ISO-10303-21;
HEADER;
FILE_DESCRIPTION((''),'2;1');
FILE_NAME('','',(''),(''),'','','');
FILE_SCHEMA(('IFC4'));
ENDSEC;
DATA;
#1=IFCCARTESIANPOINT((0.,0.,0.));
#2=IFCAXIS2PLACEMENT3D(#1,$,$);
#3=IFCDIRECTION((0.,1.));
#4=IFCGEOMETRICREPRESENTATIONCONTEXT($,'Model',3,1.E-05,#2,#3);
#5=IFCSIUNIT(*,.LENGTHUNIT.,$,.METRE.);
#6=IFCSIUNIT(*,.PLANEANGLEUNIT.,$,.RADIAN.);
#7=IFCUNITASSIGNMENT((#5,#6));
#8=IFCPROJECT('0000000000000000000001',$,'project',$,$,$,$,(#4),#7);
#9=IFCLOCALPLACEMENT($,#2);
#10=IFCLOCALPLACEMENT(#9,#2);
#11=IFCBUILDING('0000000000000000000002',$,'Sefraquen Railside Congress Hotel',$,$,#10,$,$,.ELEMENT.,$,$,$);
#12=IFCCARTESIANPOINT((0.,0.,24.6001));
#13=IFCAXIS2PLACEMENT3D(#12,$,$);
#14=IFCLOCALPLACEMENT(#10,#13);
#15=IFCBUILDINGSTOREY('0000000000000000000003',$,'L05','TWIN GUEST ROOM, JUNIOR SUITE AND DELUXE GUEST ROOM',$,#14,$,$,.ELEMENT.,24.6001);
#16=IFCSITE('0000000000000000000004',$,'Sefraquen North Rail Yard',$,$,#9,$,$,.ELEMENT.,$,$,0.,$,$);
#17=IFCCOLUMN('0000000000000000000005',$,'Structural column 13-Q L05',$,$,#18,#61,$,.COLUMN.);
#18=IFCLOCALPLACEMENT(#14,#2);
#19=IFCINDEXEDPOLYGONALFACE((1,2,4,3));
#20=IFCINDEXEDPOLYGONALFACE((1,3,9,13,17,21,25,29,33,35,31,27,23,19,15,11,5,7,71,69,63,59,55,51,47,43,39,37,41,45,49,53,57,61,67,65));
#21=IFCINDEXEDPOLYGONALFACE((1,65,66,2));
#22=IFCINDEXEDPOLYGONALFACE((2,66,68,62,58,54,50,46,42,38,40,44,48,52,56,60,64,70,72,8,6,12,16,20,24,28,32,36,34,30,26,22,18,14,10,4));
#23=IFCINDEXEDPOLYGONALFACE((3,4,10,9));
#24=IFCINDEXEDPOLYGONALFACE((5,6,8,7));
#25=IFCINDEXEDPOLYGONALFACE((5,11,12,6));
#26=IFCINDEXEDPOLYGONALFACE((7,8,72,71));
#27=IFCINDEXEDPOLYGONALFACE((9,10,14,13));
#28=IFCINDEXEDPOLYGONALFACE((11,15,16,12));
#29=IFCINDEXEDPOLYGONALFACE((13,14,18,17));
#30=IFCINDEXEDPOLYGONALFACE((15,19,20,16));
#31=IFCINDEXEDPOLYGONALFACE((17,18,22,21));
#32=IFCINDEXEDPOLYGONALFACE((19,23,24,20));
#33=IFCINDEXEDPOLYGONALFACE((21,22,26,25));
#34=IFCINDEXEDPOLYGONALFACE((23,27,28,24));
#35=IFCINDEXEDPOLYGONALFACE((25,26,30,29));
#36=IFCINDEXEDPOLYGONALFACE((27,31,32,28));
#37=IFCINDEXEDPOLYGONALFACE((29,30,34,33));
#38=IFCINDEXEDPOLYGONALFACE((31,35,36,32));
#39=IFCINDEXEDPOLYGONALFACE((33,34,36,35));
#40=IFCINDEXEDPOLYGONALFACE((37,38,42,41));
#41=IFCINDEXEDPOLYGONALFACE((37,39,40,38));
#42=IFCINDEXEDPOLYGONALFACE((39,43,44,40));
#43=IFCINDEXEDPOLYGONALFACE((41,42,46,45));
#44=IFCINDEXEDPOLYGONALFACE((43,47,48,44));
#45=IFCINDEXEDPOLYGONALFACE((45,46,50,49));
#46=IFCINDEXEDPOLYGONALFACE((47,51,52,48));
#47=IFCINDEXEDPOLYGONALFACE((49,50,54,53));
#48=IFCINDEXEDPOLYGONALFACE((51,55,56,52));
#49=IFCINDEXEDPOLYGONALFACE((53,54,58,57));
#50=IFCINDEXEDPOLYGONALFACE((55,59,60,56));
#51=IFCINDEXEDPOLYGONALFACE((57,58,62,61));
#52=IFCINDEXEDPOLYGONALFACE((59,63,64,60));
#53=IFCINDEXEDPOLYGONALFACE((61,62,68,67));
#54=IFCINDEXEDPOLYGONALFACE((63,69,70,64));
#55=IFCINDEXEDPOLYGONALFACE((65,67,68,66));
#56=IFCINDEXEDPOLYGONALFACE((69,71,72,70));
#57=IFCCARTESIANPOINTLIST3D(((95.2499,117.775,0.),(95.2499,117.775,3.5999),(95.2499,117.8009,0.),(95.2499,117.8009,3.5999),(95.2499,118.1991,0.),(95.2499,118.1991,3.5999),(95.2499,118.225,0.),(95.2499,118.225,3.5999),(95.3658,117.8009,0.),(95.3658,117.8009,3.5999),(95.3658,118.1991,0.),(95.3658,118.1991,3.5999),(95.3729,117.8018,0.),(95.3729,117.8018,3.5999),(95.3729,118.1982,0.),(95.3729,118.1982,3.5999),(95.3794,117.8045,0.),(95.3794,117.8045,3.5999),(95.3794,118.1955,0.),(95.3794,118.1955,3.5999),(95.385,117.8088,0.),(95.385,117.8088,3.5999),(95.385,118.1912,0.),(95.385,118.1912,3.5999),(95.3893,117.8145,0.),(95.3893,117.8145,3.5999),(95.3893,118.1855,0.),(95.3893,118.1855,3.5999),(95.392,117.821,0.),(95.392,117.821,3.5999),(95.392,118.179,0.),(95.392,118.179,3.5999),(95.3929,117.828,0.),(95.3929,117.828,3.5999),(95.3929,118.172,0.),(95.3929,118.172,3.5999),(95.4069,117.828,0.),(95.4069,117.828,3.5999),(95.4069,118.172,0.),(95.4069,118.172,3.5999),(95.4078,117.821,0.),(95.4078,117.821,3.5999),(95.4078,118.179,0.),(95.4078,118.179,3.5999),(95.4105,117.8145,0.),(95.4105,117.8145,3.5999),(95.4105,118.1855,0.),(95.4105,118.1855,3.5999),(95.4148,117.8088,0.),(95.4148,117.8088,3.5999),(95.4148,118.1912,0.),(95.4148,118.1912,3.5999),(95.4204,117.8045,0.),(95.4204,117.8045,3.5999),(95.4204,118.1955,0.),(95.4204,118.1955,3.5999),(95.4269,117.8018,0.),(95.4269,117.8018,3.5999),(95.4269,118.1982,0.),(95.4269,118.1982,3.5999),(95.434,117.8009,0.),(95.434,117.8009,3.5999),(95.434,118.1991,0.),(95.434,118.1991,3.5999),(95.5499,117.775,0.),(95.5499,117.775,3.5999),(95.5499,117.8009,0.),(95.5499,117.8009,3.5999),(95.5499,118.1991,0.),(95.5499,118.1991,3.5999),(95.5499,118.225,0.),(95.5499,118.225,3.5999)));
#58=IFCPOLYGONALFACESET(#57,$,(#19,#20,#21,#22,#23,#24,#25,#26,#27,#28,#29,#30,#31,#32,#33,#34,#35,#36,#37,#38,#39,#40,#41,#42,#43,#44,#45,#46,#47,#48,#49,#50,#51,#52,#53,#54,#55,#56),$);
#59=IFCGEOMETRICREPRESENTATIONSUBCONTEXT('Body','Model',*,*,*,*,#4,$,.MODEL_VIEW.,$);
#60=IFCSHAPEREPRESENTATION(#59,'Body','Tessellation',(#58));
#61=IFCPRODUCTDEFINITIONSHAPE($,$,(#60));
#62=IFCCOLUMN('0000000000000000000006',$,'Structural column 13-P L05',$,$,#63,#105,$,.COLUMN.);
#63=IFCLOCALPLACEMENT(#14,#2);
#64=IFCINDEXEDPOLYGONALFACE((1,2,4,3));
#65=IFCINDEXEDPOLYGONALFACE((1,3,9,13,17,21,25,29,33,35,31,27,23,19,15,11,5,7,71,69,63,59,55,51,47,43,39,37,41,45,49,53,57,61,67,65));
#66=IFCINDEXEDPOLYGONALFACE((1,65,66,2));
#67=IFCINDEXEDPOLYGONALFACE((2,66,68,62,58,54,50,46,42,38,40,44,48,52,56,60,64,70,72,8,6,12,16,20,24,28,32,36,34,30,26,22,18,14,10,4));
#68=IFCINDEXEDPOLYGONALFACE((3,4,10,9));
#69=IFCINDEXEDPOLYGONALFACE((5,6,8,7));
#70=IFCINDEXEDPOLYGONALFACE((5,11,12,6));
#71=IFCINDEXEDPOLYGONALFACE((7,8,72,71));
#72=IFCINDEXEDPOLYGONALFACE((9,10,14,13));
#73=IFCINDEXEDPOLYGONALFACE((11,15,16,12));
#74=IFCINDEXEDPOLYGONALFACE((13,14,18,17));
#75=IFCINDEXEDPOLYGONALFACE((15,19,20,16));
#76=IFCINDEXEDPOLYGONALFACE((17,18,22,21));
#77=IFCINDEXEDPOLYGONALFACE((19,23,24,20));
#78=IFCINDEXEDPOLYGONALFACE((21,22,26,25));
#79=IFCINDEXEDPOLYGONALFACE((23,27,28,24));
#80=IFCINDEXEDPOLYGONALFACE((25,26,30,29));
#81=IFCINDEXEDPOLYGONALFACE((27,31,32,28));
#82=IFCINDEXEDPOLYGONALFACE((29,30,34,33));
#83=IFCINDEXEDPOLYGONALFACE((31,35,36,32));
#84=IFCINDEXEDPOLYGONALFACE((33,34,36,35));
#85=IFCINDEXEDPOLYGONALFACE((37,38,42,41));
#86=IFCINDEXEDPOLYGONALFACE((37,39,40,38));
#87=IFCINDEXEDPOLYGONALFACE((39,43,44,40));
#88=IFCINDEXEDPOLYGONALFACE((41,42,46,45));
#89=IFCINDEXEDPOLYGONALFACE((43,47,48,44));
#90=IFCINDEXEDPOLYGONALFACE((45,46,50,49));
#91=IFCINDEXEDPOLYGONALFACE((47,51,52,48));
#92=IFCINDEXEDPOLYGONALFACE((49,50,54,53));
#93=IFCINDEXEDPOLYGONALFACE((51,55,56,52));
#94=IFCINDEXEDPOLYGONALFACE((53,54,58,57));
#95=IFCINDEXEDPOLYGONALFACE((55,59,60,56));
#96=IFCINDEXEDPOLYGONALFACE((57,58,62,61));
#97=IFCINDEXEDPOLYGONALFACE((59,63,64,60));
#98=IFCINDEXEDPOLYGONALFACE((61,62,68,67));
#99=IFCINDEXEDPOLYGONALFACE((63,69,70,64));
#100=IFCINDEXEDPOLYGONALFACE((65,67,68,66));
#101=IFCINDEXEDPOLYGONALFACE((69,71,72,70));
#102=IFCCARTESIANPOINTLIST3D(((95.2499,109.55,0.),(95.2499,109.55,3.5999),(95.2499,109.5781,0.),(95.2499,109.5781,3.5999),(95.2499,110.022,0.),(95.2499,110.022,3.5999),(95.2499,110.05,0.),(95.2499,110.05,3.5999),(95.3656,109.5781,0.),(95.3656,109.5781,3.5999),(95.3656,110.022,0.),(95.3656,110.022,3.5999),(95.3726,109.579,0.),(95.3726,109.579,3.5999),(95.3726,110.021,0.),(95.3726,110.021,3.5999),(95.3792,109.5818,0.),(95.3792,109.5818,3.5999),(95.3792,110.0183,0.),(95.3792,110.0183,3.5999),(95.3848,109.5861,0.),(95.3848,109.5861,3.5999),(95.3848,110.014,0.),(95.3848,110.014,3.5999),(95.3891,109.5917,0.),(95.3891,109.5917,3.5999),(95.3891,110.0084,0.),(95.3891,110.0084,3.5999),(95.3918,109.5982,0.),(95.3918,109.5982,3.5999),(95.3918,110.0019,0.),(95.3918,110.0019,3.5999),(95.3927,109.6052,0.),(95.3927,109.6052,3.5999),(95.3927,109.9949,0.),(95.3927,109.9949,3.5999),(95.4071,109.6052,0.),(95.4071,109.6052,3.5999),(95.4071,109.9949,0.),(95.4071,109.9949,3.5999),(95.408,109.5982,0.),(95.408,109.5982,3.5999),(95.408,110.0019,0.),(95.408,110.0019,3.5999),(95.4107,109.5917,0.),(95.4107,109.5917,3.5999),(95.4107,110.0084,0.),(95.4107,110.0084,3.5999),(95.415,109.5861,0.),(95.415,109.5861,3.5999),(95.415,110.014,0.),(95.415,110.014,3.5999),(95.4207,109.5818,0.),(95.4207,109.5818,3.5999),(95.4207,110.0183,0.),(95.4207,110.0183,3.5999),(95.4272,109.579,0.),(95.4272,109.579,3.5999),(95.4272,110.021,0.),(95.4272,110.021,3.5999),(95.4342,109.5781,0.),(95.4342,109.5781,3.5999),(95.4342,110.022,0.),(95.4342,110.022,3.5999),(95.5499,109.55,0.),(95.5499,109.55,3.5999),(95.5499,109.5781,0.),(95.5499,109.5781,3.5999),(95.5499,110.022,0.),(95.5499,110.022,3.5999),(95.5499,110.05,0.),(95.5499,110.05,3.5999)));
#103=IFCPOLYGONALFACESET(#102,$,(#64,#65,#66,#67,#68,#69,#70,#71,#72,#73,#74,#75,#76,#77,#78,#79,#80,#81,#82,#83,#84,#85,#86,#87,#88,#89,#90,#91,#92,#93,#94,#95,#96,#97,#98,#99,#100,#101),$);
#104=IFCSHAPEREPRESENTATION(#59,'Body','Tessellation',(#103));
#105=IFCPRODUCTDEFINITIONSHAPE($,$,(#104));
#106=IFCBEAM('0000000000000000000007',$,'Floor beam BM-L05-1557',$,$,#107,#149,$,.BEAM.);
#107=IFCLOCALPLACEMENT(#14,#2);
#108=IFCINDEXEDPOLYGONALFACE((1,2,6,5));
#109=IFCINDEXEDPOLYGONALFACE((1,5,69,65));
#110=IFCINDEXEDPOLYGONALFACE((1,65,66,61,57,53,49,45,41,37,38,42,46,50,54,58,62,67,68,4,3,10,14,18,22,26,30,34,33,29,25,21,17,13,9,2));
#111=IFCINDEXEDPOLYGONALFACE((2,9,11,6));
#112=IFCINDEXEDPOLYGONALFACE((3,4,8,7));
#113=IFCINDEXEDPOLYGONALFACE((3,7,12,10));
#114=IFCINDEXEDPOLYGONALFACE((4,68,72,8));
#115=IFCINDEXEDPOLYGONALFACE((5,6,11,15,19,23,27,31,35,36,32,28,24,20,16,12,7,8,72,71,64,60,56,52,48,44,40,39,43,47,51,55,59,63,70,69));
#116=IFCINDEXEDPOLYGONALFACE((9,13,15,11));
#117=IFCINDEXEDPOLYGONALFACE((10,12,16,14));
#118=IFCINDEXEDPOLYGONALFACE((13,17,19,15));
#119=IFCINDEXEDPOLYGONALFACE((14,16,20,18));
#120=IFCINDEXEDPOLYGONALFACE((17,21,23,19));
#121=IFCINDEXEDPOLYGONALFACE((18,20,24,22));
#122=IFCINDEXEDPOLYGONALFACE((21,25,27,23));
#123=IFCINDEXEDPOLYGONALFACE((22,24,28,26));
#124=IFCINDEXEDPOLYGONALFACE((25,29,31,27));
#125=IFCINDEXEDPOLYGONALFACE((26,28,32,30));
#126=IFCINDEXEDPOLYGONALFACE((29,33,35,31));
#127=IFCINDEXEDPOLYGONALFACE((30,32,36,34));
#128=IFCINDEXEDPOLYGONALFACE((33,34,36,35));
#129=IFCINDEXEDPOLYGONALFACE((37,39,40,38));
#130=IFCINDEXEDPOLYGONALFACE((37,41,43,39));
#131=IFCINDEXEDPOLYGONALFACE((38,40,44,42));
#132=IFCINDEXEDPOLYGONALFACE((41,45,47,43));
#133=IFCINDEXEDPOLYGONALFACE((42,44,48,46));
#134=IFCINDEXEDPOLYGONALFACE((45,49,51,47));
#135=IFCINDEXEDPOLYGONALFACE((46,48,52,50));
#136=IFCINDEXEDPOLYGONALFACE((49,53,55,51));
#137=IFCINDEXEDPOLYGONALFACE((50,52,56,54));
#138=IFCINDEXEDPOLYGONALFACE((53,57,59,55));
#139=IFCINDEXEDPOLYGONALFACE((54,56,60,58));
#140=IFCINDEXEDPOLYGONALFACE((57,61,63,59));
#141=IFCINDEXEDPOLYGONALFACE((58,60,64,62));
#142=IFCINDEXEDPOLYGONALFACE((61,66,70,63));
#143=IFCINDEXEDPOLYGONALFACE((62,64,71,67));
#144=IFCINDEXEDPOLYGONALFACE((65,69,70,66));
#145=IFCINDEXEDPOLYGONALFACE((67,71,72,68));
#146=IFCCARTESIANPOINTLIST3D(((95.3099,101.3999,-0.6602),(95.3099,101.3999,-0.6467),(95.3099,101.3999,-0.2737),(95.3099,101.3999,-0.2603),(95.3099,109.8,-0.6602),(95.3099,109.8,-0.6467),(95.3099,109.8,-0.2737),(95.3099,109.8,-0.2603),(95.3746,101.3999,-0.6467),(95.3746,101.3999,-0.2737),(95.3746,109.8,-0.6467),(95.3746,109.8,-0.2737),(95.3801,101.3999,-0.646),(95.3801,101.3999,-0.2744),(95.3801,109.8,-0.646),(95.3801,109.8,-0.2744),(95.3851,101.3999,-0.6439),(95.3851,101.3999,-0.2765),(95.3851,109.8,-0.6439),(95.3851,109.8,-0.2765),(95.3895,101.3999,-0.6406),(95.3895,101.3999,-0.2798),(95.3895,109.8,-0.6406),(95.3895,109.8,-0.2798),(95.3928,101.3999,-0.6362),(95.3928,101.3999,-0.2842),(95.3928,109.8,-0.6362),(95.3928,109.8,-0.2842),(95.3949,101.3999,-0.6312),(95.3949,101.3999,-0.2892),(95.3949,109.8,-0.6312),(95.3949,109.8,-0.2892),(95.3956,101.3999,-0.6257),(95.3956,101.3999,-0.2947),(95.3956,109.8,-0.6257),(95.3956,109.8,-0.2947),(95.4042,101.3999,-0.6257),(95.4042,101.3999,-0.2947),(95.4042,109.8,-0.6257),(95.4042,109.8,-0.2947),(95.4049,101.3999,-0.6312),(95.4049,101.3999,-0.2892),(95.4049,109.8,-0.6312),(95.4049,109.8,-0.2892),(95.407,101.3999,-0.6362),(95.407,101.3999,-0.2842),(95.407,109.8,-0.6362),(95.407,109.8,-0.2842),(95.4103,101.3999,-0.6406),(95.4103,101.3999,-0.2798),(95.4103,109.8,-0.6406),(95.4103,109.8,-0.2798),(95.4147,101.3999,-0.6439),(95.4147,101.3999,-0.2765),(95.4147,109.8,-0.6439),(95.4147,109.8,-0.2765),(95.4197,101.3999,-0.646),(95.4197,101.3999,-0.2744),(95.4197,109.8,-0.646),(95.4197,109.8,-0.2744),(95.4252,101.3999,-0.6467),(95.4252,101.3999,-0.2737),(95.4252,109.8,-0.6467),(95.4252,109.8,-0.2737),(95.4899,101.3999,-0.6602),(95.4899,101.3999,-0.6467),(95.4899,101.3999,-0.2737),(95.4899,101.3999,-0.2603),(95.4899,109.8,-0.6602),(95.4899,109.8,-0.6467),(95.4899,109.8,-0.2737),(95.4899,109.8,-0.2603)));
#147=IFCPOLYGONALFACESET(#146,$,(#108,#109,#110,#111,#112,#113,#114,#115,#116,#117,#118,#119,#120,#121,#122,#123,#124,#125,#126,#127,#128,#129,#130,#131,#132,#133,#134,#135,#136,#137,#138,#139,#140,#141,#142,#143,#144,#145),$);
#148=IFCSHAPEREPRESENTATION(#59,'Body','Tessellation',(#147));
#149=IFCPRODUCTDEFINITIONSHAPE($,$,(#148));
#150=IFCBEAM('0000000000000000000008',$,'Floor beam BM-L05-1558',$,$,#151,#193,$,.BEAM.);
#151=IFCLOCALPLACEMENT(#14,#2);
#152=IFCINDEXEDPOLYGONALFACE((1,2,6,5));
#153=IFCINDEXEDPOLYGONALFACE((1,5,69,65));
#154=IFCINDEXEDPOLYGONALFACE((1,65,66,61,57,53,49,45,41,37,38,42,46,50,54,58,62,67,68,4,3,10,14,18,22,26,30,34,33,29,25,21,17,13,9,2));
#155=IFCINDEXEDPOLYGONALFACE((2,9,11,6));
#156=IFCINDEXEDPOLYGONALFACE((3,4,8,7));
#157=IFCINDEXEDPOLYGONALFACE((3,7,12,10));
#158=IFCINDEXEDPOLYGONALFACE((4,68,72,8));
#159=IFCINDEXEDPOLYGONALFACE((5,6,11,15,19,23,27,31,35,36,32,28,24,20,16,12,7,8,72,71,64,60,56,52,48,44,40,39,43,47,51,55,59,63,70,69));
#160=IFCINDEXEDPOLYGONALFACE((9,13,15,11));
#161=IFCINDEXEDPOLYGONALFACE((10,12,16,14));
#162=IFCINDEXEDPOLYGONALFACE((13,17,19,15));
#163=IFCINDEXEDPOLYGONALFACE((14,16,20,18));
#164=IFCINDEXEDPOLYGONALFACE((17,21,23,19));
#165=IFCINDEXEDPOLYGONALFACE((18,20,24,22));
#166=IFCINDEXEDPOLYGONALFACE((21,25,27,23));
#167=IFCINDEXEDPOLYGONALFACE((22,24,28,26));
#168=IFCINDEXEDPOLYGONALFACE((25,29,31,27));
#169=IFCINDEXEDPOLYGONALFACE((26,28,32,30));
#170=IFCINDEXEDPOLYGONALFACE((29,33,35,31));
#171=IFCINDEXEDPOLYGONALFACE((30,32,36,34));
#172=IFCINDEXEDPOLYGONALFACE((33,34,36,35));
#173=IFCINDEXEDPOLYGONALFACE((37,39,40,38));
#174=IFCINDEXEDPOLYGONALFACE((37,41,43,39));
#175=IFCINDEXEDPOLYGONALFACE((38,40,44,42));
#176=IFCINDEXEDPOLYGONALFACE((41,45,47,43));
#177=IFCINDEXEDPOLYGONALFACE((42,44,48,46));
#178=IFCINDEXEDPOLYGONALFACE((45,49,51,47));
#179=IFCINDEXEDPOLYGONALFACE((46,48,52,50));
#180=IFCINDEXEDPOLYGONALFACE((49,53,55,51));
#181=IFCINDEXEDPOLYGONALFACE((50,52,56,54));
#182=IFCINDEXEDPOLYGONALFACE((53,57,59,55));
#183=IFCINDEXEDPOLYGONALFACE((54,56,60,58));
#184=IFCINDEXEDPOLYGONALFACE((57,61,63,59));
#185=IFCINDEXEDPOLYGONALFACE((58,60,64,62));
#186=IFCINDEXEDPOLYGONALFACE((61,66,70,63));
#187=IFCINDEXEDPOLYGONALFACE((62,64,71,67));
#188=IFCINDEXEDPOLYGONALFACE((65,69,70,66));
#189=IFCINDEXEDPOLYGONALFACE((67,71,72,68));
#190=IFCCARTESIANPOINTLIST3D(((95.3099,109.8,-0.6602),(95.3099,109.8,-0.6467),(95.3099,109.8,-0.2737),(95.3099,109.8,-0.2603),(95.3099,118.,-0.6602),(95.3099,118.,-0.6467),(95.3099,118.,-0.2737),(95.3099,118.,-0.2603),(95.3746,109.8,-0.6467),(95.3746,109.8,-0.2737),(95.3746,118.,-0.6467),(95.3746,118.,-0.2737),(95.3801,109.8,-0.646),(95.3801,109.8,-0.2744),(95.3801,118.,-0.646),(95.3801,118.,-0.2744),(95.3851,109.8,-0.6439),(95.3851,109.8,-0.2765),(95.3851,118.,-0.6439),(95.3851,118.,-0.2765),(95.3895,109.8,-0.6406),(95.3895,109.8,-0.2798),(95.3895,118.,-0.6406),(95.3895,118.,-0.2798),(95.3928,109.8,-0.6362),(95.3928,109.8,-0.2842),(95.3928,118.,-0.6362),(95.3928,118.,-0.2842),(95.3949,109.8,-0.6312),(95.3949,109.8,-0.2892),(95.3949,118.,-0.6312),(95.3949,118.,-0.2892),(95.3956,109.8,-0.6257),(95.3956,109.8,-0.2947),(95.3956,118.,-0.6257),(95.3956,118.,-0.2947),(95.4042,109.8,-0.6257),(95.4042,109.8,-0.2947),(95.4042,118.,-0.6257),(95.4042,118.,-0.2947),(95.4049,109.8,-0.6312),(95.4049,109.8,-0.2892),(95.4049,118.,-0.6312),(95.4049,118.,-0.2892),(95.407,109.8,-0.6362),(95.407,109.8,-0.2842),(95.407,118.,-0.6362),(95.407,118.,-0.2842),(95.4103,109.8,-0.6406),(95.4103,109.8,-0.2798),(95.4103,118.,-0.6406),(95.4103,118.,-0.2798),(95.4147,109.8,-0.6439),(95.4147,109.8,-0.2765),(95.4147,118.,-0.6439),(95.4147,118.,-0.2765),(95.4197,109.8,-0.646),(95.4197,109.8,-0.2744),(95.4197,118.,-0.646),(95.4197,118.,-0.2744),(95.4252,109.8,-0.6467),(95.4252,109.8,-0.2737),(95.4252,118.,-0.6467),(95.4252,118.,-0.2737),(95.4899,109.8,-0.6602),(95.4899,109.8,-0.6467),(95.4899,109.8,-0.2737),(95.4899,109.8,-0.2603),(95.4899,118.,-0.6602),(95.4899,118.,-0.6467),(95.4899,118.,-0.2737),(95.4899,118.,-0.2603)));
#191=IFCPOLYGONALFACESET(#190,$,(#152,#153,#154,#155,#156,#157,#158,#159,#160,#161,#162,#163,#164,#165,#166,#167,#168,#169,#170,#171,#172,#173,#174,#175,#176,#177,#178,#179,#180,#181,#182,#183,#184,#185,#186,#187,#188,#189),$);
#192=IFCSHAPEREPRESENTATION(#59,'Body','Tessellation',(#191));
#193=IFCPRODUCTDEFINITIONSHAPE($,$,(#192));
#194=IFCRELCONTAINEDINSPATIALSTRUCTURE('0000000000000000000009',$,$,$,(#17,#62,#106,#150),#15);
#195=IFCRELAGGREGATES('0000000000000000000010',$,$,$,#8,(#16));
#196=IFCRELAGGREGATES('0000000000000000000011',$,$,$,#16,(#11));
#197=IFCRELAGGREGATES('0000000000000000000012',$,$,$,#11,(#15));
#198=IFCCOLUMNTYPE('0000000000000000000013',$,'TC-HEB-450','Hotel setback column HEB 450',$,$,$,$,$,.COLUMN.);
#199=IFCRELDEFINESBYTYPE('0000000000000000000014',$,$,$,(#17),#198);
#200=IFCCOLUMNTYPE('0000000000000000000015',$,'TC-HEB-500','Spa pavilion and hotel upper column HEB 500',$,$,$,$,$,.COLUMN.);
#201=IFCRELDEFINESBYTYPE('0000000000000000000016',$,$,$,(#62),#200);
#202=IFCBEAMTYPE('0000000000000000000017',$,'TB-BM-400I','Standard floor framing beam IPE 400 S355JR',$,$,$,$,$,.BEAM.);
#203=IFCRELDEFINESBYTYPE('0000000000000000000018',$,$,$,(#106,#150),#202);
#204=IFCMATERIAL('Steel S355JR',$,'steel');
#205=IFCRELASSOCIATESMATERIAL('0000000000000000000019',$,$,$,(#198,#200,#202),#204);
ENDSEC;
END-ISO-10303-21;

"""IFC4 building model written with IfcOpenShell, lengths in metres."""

from ifc_helpers import new_model, si_unit, direction, frame, origin, origin_2d, place, context, subcontext, project, spatial, i_section, extrude, material, material_profile, profile_set, type_object, element, save


model = new_model("IFC4")

# Units and contexts
model_context = context("Model", 3, precision=1e-05, world=origin(), true_north=direction((0.0, 1.0)))
body_context = subcontext(model_context, "Body", "Model", "MODEL_VIEW")
ifc_project = project(units=[si_unit("LENGTHUNIT", "METRE"), si_unit("PLANEANGLEUNIT", "RADIAN")], contexts=[model_context])

# Site, building, storey
site_placement = place(None, origin())
site = spatial("IfcSite", under=ifc_project, at=site_placement, Name="Sefraquen North Rail Yard", CompositionType="ELEMENT", RefElevation=0.0)
building_placement = place(site_placement, origin())
building = spatial("IfcBuilding", under=site, at=building_placement, Name="Sefraquen Railside Congress Hotel", CompositionType="ELEMENT")
storey_placement = place(building_placement, frame((0.0, 0.0, 24.6001)))
storey = spatial("IfcBuildingStorey", under=building, at=storey_placement, Name="L05", Description="TWIN GUEST ROOM, JUNIOR SUITE AND DELUXE GUEST ROOM", CompositionType="ELEMENT", Elevation=24.6001)

# Columns
ifc_material_1 = material(Name="Steel S355JR", Category="steel")
ifc_material_profile_1 = material_profile(ifc_material_1, i_section(OverallWidth=0.3, OverallDepth=0.45, WebThickness=0.0139, FlangeThickness=0.0259, FilletRadius=0.0271, at=origin_2d()), Name="HEB 450")
ifc_profile_set_1 = profile_set([ifc_material_profile_1], Name="Steel S355JR")
column_type_1 = type_object("IfcColumnType", Name="TC-HEB-450", Description="Hotel setback column HEB 450", PredefinedType="COLUMN", material=ifc_profile_set_1)
column_1_placement = place(storey_placement, frame((95.3999, 118.0, 0.0), z_axis=(0.0, 0.0, 1.0), x_axis=(1.0, 0.0, 0.0)))
element("IfcColumn", 1, at=column_1_placement, inside=storey, type_object=column_type_1, Name="Structural column 13-Q L05", PredefinedType="COLUMN", context=body_context, shape_type="SweptSolid", body=[
    extrude(i_section(OverallWidth=0.3, OverallDepth=0.45, WebThickness=0.0139, FlangeThickness=0.0259, FilletRadius=0.0271, at=origin_2d()), origin(), (0.0, 0.0, 1.0), 3.5999),
])
ifc_material_profile_2 = material_profile(ifc_material_1, i_section(OverallWidth=0.3, OverallDepth=0.5, WebThickness=0.0144, FlangeThickness=0.0281, FilletRadius=0.0271, at=origin_2d()), Name="HEB 500")
ifc_profile_set_2 = profile_set([ifc_material_profile_2], Name="Steel S355JR")
column_type_2 = type_object("IfcColumnType", Name="TC-HEB-500", Description="Spa pavilion and hotel upper column HEB 500", PredefinedType="COLUMN", material=ifc_profile_set_2)
column_2_placement = place(storey_placement, frame((95.3999, 109.8, 0.0), z_axis=(0.0, 0.0, 1.0), x_axis=(1.0, 0.0, 0.0)))
element("IfcColumn", 2, at=column_2_placement, inside=storey, type_object=column_type_2, Name="Structural column 13-P L05", PredefinedType="COLUMN", context=body_context, shape_type="SweptSolid", body=[
    extrude(i_section(OverallWidth=0.3, OverallDepth=0.5, WebThickness=0.0144, FlangeThickness=0.0281, FilletRadius=0.0271, at=origin_2d()), origin(), (0.0, 0.0, 1.0), 3.5999),
])

# Beams
ifc_material_profile_3 = material_profile(ifc_material_1, i_section(OverallWidth=0.1799, OverallDepth=0.3999, WebThickness=0.0085, FlangeThickness=0.0134, FilletRadius=0.021, at=origin_2d()), Name="IPE 400")
ifc_profile_set_3 = profile_set([ifc_material_profile_3], Name="Steel S355JR")
beam_type_1 = type_object("IfcBeamType", Name="TB-BM-400I", Description="Standard floor framing beam IPE 400 S355JR", PredefinedType="BEAM", material=ifc_profile_set_3)
beam_1_placement = place(storey_placement, frame((95.3999, 101.3999, -0.4602), z_axis=(0.0, 1.0, 0.0), x_axis=(-1.0, 0.0, 0.0)))
element("IfcBeam", 3, at=beam_1_placement, inside=storey, type_object=beam_type_1, Name="Floor beam BM-L05-1557", PredefinedType="BEAM", context=body_context, shape_type="SweptSolid", body=[
    extrude(i_section(OverallWidth=0.1799, OverallDepth=0.3999, WebThickness=0.0085, FlangeThickness=0.0134, FilletRadius=0.021, at=origin_2d()), origin(), (0.0, 0.0, 1.0), 8.4001),
])
beam_2_placement = place(storey_placement, frame((95.3999, 109.8, -0.4602), z_axis=(0.0, 1.0, 0.0), x_axis=(-1.0, 0.0, 0.0)))
element("IfcBeam", 4, at=beam_2_placement, inside=storey, type_object=beam_type_1, Name="Floor beam BM-L05-1558", PredefinedType="BEAM", context=body_context, shape_type="SweptSolid", body=[
    extrude(i_section(OverallWidth=0.1799, OverallDepth=0.3999, WebThickness=0.0085, FlangeThickness=0.0134, FilletRadius=0.021, at=origin_2d()), origin(), (0.0, 0.0, 1.0), 8.2),
])

save(model, "model.ifc")
